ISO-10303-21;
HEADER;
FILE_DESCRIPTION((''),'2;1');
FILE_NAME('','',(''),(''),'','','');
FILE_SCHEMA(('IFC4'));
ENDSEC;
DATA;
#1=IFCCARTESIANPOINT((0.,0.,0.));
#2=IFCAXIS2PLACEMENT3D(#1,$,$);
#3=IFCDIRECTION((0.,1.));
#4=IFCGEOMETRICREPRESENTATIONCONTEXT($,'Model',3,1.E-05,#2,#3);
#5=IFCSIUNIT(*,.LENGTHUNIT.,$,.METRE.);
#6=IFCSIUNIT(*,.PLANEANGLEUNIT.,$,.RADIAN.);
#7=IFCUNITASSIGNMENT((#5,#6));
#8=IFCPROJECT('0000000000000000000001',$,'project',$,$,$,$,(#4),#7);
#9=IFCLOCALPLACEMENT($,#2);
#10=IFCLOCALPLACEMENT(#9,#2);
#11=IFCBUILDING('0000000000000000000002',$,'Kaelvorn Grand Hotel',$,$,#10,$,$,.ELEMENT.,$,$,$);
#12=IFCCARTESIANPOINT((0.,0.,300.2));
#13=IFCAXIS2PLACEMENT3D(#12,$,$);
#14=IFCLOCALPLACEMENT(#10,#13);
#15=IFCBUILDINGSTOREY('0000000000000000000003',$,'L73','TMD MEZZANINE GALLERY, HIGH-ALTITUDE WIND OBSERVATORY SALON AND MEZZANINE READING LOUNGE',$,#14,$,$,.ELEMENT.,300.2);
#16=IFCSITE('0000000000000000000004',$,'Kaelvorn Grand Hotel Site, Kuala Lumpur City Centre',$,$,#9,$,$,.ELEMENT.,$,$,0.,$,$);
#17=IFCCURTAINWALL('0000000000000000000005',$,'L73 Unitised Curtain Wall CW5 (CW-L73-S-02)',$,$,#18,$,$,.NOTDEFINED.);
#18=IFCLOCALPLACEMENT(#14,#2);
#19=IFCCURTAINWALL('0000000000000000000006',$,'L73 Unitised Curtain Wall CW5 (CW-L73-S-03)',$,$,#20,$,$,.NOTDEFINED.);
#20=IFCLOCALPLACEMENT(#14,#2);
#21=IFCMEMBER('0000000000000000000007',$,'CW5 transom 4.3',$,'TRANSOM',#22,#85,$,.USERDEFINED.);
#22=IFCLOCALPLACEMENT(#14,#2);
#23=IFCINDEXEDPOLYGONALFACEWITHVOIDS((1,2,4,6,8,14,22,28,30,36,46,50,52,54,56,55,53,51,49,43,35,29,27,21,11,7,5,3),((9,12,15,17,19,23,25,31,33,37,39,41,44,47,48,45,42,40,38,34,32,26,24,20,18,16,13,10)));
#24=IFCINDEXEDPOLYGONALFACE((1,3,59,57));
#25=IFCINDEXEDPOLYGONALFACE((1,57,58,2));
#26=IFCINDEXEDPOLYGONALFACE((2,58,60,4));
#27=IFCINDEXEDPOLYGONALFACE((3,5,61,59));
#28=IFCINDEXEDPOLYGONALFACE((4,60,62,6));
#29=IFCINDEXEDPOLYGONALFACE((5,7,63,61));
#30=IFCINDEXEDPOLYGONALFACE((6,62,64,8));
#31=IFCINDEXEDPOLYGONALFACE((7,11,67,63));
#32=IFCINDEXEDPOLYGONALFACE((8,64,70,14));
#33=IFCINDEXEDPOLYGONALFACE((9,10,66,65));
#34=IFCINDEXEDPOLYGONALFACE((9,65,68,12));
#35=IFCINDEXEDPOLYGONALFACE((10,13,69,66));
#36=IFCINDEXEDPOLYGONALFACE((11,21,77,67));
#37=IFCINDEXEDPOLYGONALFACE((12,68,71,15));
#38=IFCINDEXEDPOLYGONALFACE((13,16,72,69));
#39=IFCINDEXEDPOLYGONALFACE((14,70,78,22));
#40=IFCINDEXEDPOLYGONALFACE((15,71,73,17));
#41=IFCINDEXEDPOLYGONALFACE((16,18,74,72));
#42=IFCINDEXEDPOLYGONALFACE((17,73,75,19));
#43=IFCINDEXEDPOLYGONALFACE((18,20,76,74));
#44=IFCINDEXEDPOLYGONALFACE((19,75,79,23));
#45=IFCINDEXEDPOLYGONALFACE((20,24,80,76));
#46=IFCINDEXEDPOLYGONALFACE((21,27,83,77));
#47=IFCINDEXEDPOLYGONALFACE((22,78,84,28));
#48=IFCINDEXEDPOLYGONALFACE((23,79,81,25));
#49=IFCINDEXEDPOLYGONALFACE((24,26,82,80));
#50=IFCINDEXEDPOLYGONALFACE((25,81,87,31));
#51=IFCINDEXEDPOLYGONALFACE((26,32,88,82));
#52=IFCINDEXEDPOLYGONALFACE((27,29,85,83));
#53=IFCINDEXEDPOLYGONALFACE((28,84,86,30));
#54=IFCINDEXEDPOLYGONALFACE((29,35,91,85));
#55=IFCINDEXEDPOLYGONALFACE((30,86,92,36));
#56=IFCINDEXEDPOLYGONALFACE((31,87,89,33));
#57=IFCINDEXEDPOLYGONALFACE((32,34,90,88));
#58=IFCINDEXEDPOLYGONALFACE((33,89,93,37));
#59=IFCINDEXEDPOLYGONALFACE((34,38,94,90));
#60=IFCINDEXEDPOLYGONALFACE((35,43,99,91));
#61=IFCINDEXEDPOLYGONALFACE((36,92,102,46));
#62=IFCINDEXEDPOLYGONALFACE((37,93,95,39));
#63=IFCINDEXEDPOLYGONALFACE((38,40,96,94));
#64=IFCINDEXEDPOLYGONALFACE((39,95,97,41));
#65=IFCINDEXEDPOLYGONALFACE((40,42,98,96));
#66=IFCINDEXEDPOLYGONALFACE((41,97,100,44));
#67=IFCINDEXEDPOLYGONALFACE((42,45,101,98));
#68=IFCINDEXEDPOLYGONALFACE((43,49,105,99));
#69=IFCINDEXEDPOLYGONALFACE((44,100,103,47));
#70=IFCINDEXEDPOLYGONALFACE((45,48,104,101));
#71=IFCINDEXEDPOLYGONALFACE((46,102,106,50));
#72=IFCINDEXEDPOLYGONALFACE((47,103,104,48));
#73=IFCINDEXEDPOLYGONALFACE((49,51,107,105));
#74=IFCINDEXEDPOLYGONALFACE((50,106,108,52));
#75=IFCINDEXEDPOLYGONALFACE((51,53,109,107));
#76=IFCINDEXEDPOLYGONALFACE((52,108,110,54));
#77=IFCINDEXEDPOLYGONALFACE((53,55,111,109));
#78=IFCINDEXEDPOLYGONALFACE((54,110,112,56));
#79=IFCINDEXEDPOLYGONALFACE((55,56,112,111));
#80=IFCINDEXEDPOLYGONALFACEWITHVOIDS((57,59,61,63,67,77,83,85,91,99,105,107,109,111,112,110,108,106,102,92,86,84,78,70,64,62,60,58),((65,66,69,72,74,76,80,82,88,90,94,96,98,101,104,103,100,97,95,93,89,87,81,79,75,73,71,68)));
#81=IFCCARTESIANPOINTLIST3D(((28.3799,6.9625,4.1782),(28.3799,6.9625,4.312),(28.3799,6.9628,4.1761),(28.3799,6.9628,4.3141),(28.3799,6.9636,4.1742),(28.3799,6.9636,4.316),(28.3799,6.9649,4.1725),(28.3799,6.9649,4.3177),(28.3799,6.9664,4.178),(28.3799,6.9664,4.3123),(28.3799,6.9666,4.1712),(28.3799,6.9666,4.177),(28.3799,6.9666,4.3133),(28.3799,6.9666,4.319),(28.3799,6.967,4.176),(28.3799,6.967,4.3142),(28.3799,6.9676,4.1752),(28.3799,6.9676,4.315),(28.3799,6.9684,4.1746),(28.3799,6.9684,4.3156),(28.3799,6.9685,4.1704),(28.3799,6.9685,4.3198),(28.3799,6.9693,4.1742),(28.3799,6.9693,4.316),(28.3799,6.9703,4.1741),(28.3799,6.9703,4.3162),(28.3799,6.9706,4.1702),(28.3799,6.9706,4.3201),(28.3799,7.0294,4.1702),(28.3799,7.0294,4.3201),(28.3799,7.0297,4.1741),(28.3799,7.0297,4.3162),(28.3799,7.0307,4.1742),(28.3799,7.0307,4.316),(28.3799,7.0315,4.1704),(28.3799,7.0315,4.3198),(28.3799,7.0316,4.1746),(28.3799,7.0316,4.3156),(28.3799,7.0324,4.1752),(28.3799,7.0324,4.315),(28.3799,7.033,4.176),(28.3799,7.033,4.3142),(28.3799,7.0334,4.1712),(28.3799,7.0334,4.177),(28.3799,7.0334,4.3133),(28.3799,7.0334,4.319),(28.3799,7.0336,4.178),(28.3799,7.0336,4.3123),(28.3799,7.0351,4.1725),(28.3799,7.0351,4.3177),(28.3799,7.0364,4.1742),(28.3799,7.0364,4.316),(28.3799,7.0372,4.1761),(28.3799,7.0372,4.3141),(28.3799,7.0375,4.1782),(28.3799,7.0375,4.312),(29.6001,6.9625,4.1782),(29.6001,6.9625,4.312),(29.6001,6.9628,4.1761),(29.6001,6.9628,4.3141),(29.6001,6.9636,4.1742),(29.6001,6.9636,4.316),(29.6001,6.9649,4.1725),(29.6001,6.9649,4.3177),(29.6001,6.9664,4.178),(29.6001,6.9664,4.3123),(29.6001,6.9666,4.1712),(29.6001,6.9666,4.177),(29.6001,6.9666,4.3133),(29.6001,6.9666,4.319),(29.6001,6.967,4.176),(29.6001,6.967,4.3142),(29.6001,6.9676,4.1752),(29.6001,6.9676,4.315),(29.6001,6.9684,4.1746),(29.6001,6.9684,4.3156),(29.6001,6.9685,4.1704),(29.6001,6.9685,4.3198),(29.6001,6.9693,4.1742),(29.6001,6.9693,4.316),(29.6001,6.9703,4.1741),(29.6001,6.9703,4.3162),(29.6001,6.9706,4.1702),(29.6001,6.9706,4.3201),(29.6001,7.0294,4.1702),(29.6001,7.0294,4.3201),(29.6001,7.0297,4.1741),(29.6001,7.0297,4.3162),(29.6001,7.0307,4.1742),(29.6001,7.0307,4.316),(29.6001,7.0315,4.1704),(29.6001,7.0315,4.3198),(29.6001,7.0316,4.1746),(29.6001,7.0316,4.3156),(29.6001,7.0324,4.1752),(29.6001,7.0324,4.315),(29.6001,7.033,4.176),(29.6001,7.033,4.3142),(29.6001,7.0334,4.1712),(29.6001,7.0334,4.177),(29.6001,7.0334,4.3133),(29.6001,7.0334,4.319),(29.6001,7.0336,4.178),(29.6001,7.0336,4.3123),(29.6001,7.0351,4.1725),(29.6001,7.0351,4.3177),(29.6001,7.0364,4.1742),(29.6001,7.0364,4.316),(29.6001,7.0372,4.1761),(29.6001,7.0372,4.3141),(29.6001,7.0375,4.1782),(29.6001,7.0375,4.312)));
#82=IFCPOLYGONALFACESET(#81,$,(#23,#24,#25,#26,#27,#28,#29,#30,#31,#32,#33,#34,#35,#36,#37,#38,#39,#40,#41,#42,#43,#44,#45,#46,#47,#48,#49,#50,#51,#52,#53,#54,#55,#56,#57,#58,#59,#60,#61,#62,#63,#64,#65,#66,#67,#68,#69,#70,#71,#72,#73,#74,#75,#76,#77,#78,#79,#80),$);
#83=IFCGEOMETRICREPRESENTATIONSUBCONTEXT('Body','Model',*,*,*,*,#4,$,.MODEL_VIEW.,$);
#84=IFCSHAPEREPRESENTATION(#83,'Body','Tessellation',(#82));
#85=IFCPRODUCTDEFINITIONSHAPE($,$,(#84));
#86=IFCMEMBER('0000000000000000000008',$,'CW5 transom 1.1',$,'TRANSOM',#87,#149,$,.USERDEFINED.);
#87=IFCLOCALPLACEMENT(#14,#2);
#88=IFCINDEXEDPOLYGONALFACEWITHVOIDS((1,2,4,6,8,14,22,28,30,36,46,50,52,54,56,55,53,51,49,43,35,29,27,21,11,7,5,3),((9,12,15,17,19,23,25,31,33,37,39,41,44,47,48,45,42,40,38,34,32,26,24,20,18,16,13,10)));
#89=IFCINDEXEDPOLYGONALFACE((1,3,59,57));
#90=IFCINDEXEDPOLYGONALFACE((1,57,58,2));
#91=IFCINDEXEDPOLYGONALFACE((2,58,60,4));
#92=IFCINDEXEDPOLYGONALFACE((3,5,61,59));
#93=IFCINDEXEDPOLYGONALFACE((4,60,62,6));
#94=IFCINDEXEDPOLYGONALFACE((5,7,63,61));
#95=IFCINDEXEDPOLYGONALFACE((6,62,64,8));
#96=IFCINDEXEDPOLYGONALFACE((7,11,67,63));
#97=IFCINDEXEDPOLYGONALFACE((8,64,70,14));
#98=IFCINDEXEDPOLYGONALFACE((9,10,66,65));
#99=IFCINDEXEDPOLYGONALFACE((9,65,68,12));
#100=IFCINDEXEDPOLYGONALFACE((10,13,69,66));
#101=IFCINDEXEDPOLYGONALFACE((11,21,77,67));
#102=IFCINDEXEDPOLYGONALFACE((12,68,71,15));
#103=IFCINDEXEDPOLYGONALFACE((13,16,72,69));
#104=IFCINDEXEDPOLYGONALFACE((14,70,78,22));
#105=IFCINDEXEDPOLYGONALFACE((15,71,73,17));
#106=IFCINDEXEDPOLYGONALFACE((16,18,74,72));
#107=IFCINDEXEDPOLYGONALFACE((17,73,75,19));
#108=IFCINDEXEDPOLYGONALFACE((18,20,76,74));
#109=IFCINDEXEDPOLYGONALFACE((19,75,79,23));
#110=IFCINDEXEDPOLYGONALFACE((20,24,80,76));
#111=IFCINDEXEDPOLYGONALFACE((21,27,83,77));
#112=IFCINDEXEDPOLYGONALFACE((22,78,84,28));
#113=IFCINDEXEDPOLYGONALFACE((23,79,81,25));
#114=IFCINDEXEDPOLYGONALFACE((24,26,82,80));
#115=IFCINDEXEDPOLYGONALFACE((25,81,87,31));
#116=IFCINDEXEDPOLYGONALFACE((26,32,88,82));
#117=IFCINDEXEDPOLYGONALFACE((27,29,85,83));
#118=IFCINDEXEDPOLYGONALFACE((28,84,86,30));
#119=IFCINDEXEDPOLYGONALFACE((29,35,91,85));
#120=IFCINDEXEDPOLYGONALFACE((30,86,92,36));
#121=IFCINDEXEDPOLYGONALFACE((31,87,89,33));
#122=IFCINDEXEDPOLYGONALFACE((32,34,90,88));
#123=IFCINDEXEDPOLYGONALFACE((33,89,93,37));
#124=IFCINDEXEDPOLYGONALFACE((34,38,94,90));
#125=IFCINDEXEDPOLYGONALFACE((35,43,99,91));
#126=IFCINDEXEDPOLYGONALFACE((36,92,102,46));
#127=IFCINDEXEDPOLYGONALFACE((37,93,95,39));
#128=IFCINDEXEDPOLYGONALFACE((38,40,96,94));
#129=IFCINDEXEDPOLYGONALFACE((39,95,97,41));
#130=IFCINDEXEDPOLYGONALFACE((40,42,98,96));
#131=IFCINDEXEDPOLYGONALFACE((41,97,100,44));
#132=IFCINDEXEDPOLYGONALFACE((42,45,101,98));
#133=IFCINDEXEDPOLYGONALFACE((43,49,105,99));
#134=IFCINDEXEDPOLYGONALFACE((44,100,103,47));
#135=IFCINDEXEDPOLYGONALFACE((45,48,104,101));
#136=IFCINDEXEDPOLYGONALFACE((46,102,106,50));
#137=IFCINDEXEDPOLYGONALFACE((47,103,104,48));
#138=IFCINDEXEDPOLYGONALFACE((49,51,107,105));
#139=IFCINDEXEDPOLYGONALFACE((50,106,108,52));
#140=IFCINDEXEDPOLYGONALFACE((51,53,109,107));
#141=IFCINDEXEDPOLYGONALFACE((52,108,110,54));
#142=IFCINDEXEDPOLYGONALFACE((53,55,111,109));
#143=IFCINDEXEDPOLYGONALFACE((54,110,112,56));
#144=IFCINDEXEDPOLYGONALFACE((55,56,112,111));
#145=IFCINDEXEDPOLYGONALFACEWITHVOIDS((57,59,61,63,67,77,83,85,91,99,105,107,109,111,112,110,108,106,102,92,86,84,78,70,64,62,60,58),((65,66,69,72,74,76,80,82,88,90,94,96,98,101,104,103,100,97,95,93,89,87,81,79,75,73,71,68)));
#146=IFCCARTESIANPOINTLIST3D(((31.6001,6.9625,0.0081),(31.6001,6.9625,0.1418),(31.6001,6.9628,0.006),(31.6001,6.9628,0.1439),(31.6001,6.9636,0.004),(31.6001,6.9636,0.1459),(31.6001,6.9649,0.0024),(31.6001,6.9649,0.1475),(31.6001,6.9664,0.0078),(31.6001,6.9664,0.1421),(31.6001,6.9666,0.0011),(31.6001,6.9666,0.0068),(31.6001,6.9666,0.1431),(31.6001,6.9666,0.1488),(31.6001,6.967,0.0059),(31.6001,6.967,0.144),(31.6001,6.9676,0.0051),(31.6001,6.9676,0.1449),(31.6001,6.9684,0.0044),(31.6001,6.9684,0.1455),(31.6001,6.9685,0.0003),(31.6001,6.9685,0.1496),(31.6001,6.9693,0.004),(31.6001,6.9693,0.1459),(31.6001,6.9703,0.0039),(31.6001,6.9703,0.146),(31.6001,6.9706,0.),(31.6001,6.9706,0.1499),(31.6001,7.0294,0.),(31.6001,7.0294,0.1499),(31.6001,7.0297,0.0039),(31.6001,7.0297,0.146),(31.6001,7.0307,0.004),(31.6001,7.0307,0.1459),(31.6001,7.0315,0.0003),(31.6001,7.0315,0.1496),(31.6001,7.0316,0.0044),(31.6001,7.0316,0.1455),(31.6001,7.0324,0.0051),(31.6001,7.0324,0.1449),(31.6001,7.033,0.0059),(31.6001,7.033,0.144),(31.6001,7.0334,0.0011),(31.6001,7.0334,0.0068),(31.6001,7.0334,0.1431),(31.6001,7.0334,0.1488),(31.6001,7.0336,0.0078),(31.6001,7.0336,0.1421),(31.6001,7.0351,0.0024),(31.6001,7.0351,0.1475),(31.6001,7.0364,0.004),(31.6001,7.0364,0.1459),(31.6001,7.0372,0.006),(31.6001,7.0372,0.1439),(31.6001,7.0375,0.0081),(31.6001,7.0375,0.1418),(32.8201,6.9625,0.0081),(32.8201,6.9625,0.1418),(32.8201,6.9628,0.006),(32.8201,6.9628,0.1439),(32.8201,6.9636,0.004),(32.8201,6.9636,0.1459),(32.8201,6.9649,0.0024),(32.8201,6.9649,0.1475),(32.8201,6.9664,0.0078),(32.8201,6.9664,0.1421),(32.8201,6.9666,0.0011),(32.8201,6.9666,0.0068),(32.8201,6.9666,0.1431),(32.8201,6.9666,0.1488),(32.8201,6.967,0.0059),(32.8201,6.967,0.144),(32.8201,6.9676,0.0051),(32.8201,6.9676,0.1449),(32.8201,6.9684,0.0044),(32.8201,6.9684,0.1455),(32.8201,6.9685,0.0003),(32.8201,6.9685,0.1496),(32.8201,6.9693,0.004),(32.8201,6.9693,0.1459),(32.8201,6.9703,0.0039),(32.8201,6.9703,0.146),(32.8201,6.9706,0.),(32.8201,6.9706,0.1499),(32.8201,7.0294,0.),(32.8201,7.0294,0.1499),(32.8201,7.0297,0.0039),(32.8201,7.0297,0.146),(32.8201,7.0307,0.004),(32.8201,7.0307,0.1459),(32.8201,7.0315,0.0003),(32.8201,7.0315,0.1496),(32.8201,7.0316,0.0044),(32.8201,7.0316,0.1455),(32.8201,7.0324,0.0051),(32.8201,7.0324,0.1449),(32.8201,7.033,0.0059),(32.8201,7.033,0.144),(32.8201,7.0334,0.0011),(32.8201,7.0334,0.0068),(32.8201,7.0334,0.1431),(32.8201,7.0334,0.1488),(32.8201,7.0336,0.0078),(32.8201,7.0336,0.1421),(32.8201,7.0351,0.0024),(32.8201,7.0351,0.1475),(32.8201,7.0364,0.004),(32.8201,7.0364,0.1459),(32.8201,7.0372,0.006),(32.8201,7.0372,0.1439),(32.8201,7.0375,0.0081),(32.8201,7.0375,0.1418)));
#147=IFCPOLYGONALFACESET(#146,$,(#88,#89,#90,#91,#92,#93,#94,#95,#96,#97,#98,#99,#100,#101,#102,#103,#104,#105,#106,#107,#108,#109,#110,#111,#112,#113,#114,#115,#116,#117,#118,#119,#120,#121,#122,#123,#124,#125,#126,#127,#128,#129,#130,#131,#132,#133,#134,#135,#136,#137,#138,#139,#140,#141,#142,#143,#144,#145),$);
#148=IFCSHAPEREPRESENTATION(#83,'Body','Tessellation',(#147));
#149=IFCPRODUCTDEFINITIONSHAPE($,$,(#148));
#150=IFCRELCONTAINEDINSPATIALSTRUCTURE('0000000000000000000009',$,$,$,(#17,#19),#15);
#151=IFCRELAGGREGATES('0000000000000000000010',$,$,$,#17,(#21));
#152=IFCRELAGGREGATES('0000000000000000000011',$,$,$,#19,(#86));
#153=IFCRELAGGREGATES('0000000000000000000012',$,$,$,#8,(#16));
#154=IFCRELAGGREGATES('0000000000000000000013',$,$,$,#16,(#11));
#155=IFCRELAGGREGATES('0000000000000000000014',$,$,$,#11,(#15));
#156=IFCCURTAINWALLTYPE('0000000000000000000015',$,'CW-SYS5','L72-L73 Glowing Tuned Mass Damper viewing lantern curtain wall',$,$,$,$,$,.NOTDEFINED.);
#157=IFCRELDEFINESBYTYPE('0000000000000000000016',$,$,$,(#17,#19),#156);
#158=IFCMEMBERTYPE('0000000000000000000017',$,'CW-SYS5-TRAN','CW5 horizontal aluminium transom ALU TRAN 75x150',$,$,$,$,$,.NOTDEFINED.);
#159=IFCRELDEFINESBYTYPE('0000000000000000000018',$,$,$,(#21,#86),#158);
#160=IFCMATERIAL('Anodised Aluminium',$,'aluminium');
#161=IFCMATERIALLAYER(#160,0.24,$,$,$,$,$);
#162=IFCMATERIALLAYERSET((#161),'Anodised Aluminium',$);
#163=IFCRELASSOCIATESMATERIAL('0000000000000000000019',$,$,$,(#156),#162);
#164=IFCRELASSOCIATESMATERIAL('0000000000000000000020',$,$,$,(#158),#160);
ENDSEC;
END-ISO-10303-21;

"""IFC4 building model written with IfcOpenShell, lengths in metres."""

from ifc_helpers import new_model, si_unit, direction, frame, origin, origin_2d, place, context, subcontext, project, spatial, hollow_rectangle, extrude, material, layer, layer_set, material_profile, profile_set, type_object, element, aggregate, save


model = new_model("IFC4")

# Units and contexts
model_context = context("Model", 3, precision=1e-05, world=origin(), true_north=direction((0.0, 1.0)))
body_context = subcontext(model_context, "Body", "Model", "MODEL_VIEW")
ifc_project = project(units=[si_unit("LENGTHUNIT", "METRE"), si_unit("PLANEANGLEUNIT", "RADIAN")], contexts=[model_context])

# Site, building, storey
site_placement = place(None, origin())
site = spatial("IfcSite", under=ifc_project, at=site_placement, Name="Kaelvorn Grand Hotel Site, Kuala Lumpur City Centre", CompositionType="ELEMENT", RefElevation=0.0)
building_placement = place(site_placement, origin())
building = spatial("IfcBuilding", under=site, at=building_placement, Name="Kaelvorn Grand Hotel", CompositionType="ELEMENT")
storey_placement = place(building_placement, frame((0.0, 0.0, 300.2)))
storey = spatial("IfcBuildingStorey", under=building, at=storey_placement, Name="L73", Description="TMD MEZZANINE GALLERY, HIGH-ALTITUDE WIND OBSERVATORY SALON AND MEZZANINE READING LOUNGE", CompositionType="ELEMENT", Elevation=300.2)

# Curtain walls
ifc_material_1 = material(Name="Anodised Aluminium", Category="aluminium")
ifc_layer_1 = layer(ifc_material_1, 0.24)
ifc_layer_set_1 = layer_set([ifc_layer_1], Name="Anodised Aluminium")
curtain_wall_type = type_object("IfcCurtainWallType", Name="CW-SYS5", Description="L72-L73 Glowing Tuned Mass Damper viewing lantern curtain wall", PredefinedType="NOTDEFINED", material=ifc_layer_set_1)
curtain_wall_1_placement = place(storey_placement, origin())
curtain_wall_1 = element("IfcCurtainWall", 1, at=curtain_wall_1_placement, inside=storey, type_object=curtain_wall_type, Name="L73 Unitised Curtain Wall CW5 (CW-L73-S-02)", PredefinedType="NOTDEFINED")
curtain_wall_2_placement = place(storey_placement, origin())
curtain_wall_2 = element("IfcCurtainWall", 2, at=curtain_wall_2_placement, inside=storey, type_object=curtain_wall_type, Name="L73 Unitised Curtain Wall CW5 (CW-L73-S-03)", PredefinedType="NOTDEFINED")

# Members
ifc_material_profile_1 = material_profile(ifc_material_1, hollow_rectangle(XDim=0.075, YDim=0.1499, WallThickness=0.0039, InnerFilletRadius=0.0039, OuterFilletRadius=0.0081, at=origin_2d()), Name="ALU TRAN 75x150")
ifc_profile_set_1 = profile_set([ifc_material_profile_1], Name="Anodised Aluminium")
member_type_1 = type_object("IfcMemberType", Name="CW-SYS5-TRAN", Description="CW5 horizontal aluminium transom ALU TRAN 75x150", PredefinedType="NOTDEFINED", material=ifc_profile_set_1)
member_1_placement = place(storey_placement, frame((28.3799, 7.0, 4.2451), z_axis=(1.0, 0.0, 0.0), x_axis=(0.0, 1.0, 0.0)))
member_1 = element("IfcMember", 3, at=member_1_placement, type_object=member_type_1, Name="CW5 transom 4.3", ObjectType="TRANSOM", PredefinedType="USERDEFINED", context=body_context, shape_type="SweptSolid", body=[
    extrude(hollow_rectangle(XDim=0.075, YDim=0.1499, WallThickness=0.0039, InnerFilletRadius=0.0039, OuterFilletRadius=0.0081, at=origin_2d()), origin(), (0.0, 0.0, 1.0), 1.2202),
])
member_2_placement = place(storey_placement, frame((31.6001, 7.0, 0.075), z_axis=(1.0, 0.0, 0.0), x_axis=(0.0, 1.0, 0.0)))
member_2 = element("IfcMember", 4, at=member_2_placement, type_object=member_type_1, Name="CW5 transom 1.1", ObjectType="TRANSOM", PredefinedType="USERDEFINED", context=body_context, shape_type="SweptSolid", body=[
    extrude(hollow_rectangle(XDim=0.075, YDim=0.1499, WallThickness=0.0039, InnerFilletRadius=0.0039, OuterFilletRadius=0.0081, at=origin_2d()), origin(), (0.0, 0.0, 1.0), 1.22),
])

aggregate(curtain_wall_1, [member_1])
aggregate(curtain_wall_2, [member_2])

save(model, "model.ifc")
